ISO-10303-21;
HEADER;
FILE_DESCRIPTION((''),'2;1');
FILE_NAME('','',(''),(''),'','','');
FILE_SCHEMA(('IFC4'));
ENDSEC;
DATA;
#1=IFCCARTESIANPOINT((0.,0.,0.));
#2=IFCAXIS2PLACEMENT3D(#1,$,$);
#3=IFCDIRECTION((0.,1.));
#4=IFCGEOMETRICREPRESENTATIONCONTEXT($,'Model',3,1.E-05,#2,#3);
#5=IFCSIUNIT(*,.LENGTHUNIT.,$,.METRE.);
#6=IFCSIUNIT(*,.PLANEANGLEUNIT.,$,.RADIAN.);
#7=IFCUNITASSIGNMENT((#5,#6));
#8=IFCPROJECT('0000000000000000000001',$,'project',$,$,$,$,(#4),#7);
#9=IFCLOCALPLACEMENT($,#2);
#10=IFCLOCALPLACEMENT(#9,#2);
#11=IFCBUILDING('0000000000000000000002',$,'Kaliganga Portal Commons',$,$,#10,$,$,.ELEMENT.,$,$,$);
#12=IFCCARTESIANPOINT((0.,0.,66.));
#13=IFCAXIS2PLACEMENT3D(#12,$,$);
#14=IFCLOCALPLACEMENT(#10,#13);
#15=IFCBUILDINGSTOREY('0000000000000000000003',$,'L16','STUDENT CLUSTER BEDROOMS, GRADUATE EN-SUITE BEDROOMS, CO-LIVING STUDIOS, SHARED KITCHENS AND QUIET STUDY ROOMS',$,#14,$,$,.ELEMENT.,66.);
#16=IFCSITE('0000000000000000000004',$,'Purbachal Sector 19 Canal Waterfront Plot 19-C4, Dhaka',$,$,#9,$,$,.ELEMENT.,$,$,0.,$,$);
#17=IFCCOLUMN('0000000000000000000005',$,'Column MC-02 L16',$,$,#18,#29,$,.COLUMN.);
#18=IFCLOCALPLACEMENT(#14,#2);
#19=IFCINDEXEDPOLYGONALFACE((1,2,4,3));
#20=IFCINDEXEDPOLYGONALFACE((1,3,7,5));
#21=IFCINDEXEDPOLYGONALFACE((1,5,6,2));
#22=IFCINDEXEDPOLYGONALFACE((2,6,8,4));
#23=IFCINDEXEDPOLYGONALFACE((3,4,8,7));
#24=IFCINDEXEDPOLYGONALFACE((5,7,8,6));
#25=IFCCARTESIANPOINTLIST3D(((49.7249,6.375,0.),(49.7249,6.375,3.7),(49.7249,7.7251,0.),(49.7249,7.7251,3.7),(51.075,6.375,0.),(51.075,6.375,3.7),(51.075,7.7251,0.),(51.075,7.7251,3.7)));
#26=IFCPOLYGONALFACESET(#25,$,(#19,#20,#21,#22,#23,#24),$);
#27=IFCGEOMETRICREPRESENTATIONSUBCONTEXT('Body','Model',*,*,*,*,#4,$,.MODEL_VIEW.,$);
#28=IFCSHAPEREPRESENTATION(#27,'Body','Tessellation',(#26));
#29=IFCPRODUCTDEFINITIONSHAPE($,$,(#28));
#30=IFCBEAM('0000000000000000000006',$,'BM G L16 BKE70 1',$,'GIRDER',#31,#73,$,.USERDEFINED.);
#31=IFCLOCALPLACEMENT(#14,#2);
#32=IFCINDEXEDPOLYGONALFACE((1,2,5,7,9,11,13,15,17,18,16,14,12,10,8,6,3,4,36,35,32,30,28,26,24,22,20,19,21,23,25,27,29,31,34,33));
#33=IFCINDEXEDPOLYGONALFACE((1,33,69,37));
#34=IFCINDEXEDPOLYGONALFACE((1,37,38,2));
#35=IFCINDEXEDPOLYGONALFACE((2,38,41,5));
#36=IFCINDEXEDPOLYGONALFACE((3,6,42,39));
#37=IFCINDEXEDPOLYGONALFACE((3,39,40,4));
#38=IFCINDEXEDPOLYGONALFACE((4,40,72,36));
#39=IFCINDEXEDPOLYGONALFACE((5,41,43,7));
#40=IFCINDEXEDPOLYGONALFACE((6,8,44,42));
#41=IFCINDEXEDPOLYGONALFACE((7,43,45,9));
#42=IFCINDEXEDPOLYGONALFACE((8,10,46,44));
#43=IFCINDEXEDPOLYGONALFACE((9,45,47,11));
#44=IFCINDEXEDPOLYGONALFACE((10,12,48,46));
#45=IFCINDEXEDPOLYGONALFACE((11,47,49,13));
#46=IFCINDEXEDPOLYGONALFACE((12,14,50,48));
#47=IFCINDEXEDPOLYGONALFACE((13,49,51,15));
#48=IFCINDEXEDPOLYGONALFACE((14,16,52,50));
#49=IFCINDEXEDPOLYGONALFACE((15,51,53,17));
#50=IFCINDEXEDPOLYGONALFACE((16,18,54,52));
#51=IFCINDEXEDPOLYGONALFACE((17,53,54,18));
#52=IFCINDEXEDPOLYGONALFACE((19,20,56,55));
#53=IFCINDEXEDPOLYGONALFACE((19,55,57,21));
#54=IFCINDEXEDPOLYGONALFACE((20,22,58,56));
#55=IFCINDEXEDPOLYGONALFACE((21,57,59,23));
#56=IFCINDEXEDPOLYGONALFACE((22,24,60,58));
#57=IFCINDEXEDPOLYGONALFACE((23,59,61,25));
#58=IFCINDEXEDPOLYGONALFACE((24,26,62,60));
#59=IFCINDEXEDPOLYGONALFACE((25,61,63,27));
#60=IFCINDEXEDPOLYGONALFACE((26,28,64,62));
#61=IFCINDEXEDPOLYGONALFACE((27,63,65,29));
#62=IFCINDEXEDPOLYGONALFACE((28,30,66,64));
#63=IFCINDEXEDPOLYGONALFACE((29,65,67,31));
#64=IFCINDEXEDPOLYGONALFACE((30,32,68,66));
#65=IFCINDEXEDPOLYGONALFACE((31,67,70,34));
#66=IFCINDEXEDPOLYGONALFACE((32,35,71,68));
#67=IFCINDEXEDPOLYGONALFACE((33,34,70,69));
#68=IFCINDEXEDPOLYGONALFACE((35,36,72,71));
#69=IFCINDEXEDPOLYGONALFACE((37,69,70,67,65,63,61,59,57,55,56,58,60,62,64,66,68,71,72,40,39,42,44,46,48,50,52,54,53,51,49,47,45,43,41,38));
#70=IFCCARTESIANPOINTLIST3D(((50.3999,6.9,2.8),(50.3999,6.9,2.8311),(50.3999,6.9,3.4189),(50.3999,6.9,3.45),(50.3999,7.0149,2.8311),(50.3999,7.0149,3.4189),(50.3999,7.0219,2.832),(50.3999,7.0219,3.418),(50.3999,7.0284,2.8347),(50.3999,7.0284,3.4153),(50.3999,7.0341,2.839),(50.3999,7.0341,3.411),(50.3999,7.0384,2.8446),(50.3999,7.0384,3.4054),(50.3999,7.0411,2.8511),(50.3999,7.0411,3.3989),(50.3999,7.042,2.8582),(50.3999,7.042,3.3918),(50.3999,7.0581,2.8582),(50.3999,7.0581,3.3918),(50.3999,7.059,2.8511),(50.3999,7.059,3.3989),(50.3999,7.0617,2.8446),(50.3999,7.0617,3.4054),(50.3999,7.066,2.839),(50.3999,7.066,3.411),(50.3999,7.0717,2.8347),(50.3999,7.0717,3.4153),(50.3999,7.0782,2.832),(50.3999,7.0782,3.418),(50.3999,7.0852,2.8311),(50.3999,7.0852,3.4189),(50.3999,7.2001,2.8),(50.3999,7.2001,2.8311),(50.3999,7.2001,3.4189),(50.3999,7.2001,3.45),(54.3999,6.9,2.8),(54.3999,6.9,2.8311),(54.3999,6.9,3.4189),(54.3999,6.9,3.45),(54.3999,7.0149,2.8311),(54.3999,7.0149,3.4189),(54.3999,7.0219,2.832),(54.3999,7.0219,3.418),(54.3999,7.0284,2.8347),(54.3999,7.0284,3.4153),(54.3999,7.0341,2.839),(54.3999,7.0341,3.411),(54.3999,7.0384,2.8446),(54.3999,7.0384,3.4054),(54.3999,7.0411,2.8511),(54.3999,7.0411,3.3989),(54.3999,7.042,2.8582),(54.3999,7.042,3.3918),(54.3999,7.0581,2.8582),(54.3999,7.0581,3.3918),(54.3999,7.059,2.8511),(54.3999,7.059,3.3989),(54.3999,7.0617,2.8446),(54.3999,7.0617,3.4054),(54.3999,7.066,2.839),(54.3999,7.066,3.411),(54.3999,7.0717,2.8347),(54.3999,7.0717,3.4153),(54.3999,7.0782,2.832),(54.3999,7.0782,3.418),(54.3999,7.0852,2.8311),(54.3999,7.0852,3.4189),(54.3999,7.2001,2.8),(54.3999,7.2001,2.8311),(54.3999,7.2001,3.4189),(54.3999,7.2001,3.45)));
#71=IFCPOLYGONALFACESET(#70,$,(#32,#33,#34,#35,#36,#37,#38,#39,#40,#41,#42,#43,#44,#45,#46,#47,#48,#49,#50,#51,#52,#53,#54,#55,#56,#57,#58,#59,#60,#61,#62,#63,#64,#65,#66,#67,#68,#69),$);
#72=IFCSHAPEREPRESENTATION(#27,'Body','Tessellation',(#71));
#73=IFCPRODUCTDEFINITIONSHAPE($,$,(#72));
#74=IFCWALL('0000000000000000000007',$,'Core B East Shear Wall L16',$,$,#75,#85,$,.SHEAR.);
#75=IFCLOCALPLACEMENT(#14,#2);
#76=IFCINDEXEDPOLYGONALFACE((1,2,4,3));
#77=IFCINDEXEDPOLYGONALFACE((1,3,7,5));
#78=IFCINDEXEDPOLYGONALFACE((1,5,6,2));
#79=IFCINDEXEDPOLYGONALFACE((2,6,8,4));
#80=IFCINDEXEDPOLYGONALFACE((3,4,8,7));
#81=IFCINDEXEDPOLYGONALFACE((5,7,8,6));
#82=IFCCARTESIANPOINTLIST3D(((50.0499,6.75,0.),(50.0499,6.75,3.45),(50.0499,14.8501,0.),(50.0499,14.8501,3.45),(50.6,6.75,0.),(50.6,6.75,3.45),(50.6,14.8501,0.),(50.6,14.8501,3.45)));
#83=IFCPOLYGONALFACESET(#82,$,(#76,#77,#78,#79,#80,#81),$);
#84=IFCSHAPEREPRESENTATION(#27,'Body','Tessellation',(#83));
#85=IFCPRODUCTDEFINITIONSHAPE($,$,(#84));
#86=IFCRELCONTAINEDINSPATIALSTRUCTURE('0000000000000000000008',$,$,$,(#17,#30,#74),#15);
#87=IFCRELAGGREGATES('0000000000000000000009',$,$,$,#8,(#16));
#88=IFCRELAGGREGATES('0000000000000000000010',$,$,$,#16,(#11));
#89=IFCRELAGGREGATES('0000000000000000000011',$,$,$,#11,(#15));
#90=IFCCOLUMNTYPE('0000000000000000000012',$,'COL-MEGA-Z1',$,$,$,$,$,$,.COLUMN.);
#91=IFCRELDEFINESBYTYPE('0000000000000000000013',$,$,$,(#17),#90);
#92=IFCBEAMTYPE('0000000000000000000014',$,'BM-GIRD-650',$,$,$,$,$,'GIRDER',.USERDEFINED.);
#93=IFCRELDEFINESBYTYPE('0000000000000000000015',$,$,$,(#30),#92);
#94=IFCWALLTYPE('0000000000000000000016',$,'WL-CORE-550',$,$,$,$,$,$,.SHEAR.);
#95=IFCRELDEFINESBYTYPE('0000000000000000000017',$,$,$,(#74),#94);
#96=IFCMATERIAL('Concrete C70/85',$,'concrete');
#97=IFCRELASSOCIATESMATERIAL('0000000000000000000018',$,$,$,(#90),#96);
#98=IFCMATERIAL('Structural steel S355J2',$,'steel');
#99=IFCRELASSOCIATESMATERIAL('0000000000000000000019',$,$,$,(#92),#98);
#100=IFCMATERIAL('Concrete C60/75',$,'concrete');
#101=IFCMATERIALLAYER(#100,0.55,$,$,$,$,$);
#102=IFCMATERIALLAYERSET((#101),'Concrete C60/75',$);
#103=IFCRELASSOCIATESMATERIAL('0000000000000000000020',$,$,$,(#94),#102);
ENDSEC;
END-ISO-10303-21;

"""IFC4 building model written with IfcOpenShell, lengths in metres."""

from ifc_helpers import new_model, si_unit, direction, frame, frame_2d, origin, origin_2d, place, context, subcontext, project, spatial, rectangle, i_section, extrude, source, transform, mapped, material, layer, layer_set, material_profile, profile_set, type_object, element, save


model = new_model("IFC4")

# Units and contexts
model_context = context("Model", 3, precision=1e-05, world=origin(), true_north=direction((0.0, 1.0)))
body_context = subcontext(model_context, "Body", "Model", "MODEL_VIEW")
ifc_project = project(units=[si_unit("LENGTHUNIT", "METRE"), si_unit("PLANEANGLEUNIT", "RADIAN")], contexts=[model_context])

# Site, building, storey
site_placement = place(None, origin())
site = spatial("IfcSite", under=ifc_project, at=site_placement, Name="Purbachal Sector 19 Canal Waterfront Plot 19-C4, Dhaka", CompositionType="ELEMENT", RefElevation=0.0)
building_placement = place(site_placement, origin())
building = spatial("IfcBuilding", under=site, at=building_placement, Name="Kaliganga Portal Commons", CompositionType="ELEMENT")
storey_placement = place(building_placement, frame((0.0, 0.0, 66.0)))
storey = spatial("IfcBuildingStorey", under=building, at=storey_placement, Name="L16", Description="STUDENT CLUSTER BEDROOMS, GRADUATE EN-SUITE BEDROOMS, CO-LIVING STUDIOS, SHARED KITCHENS AND QUIET STUDY ROOMS", CompositionType="ELEMENT", Elevation=66.0)

# Column
ifc_material_1 = material(Name="Concrete C70/85", Category="concrete")
ifc_material_profile_1 = material_profile(ifc_material_1, rectangle(XDim=1.3501, YDim=1.3501, at=origin_2d()), Name="RC 1350x1350")
ifc_profile_set_1 = profile_set([ifc_material_profile_1], Name="Concrete C70/85")
column_type = type_object("IfcColumnType", Name="COL-MEGA-Z1", PredefinedType="COLUMN", material=ifc_profile_set_1)
shared_shape_1 = source(origin(), body_context, "Body", "SweptSolid", [
    extrude(rectangle(XDim=1.3501, YDim=1.3501, at=origin_2d()), origin(), (0.0, 0.0, 1.0), 3.7),
])
column_placement = place(storey_placement, frame((50.3999, 7.05, 0.0), z_axis=(0.0, 0.0, 1.0), x_axis=(1.0, 0.0, 0.0)))
element("IfcColumn", 1, at=column_placement, inside=storey, type_object=column_type, Name="Column MC-02 L16", PredefinedType="COLUMN", context=body_context, shape_type="MappedRepresentation", body=[
    mapped(shared_shape_1, transform((0.0, 0.0, 0.0), x_axis=(1.0, 0.0, 0.0), y_axis=(0.0, 1.0, 0.0), z_axis=(0.0, 0.0, 1.0), scale=1.0)),
])

# Beam
ifc_material_2 = material(Name="Structural steel S355J2", Category="steel")
ifc_material_profile_2 = material_profile(ifc_material_2, i_section(OverallWidth=0.3, OverallDepth=0.6499, WebThickness=0.0161, FlangeThickness=0.031, FilletRadius=0.0271, at=origin_2d()), Name="HE 650 B")
ifc_profile_set_2 = profile_set([ifc_material_profile_2], Name="Structural steel S355J2 wide-flange")
beam_type = type_object("IfcBeamType", Name="BM-GIRD-650", ElementType="GIRDER", PredefinedType="USERDEFINED", material=ifc_profile_set_2)
shared_shape_2 = source(origin(), body_context, "Body", "SweptSolid", [
    extrude(i_section(OverallWidth=0.3, OverallDepth=0.6499, WebThickness=0.0161, FlangeThickness=0.031, FilletRadius=0.0271, at=origin_2d()), origin(), (0.0, 0.0, 1.0), 4.0),
])
beam_placement = place(storey_placement, frame((50.3999, 7.05, 3.125), z_axis=(1.0, 0.0, 0.0), x_axis=(0.0, 1.0, 0.0)))
element("IfcBeam", 2, at=beam_placement, inside=storey, type_object=beam_type, Name="BM G L16 BKE70 1", ObjectType="GIRDER", PredefinedType="USERDEFINED", context=body_context, shape_type="MappedRepresentation", body=[
    mapped(shared_shape_2, transform((0.0, 0.0, 0.0), x_axis=(1.0, 0.0, 0.0), y_axis=(0.0, 1.0, 0.0), z_axis=(0.0, 0.0, 1.0), scale=1.0)),
])

# Wall
ifc_material_3 = material(Name="Concrete C60/75", Category="concrete")
ifc_layer_1 = layer(ifc_material_3, 0.55)
ifc_layer_set_1 = layer_set([ifc_layer_1], Name="Concrete C60/75")
wall_type_1 = type_object("IfcWallType", Name="WL-CORE-550", PredefinedType="SHEAR", material=ifc_layer_set_1)
wall_1_placement = place(storey_placement, frame((50.325, 6.75, 0.0), z_axis=(0.0, 0.0, 1.0), x_axis=(0.0, 1.0, 0.0)))
element("IfcWall", 3, at=wall_1_placement, inside=storey, type_object=wall_type_1, Name="Core B East Shear Wall L16", PredefinedType="SHEAR", context=body_context, shape_type="SweptSolid", body=[
    extrude(rectangle(XDim=8.1001, YDim=0.55, at=frame_2d((4.05, 0.0))), origin(), (0.0, 0.0, 1.0), 3.45),
])

save(model, "model.ifc")
